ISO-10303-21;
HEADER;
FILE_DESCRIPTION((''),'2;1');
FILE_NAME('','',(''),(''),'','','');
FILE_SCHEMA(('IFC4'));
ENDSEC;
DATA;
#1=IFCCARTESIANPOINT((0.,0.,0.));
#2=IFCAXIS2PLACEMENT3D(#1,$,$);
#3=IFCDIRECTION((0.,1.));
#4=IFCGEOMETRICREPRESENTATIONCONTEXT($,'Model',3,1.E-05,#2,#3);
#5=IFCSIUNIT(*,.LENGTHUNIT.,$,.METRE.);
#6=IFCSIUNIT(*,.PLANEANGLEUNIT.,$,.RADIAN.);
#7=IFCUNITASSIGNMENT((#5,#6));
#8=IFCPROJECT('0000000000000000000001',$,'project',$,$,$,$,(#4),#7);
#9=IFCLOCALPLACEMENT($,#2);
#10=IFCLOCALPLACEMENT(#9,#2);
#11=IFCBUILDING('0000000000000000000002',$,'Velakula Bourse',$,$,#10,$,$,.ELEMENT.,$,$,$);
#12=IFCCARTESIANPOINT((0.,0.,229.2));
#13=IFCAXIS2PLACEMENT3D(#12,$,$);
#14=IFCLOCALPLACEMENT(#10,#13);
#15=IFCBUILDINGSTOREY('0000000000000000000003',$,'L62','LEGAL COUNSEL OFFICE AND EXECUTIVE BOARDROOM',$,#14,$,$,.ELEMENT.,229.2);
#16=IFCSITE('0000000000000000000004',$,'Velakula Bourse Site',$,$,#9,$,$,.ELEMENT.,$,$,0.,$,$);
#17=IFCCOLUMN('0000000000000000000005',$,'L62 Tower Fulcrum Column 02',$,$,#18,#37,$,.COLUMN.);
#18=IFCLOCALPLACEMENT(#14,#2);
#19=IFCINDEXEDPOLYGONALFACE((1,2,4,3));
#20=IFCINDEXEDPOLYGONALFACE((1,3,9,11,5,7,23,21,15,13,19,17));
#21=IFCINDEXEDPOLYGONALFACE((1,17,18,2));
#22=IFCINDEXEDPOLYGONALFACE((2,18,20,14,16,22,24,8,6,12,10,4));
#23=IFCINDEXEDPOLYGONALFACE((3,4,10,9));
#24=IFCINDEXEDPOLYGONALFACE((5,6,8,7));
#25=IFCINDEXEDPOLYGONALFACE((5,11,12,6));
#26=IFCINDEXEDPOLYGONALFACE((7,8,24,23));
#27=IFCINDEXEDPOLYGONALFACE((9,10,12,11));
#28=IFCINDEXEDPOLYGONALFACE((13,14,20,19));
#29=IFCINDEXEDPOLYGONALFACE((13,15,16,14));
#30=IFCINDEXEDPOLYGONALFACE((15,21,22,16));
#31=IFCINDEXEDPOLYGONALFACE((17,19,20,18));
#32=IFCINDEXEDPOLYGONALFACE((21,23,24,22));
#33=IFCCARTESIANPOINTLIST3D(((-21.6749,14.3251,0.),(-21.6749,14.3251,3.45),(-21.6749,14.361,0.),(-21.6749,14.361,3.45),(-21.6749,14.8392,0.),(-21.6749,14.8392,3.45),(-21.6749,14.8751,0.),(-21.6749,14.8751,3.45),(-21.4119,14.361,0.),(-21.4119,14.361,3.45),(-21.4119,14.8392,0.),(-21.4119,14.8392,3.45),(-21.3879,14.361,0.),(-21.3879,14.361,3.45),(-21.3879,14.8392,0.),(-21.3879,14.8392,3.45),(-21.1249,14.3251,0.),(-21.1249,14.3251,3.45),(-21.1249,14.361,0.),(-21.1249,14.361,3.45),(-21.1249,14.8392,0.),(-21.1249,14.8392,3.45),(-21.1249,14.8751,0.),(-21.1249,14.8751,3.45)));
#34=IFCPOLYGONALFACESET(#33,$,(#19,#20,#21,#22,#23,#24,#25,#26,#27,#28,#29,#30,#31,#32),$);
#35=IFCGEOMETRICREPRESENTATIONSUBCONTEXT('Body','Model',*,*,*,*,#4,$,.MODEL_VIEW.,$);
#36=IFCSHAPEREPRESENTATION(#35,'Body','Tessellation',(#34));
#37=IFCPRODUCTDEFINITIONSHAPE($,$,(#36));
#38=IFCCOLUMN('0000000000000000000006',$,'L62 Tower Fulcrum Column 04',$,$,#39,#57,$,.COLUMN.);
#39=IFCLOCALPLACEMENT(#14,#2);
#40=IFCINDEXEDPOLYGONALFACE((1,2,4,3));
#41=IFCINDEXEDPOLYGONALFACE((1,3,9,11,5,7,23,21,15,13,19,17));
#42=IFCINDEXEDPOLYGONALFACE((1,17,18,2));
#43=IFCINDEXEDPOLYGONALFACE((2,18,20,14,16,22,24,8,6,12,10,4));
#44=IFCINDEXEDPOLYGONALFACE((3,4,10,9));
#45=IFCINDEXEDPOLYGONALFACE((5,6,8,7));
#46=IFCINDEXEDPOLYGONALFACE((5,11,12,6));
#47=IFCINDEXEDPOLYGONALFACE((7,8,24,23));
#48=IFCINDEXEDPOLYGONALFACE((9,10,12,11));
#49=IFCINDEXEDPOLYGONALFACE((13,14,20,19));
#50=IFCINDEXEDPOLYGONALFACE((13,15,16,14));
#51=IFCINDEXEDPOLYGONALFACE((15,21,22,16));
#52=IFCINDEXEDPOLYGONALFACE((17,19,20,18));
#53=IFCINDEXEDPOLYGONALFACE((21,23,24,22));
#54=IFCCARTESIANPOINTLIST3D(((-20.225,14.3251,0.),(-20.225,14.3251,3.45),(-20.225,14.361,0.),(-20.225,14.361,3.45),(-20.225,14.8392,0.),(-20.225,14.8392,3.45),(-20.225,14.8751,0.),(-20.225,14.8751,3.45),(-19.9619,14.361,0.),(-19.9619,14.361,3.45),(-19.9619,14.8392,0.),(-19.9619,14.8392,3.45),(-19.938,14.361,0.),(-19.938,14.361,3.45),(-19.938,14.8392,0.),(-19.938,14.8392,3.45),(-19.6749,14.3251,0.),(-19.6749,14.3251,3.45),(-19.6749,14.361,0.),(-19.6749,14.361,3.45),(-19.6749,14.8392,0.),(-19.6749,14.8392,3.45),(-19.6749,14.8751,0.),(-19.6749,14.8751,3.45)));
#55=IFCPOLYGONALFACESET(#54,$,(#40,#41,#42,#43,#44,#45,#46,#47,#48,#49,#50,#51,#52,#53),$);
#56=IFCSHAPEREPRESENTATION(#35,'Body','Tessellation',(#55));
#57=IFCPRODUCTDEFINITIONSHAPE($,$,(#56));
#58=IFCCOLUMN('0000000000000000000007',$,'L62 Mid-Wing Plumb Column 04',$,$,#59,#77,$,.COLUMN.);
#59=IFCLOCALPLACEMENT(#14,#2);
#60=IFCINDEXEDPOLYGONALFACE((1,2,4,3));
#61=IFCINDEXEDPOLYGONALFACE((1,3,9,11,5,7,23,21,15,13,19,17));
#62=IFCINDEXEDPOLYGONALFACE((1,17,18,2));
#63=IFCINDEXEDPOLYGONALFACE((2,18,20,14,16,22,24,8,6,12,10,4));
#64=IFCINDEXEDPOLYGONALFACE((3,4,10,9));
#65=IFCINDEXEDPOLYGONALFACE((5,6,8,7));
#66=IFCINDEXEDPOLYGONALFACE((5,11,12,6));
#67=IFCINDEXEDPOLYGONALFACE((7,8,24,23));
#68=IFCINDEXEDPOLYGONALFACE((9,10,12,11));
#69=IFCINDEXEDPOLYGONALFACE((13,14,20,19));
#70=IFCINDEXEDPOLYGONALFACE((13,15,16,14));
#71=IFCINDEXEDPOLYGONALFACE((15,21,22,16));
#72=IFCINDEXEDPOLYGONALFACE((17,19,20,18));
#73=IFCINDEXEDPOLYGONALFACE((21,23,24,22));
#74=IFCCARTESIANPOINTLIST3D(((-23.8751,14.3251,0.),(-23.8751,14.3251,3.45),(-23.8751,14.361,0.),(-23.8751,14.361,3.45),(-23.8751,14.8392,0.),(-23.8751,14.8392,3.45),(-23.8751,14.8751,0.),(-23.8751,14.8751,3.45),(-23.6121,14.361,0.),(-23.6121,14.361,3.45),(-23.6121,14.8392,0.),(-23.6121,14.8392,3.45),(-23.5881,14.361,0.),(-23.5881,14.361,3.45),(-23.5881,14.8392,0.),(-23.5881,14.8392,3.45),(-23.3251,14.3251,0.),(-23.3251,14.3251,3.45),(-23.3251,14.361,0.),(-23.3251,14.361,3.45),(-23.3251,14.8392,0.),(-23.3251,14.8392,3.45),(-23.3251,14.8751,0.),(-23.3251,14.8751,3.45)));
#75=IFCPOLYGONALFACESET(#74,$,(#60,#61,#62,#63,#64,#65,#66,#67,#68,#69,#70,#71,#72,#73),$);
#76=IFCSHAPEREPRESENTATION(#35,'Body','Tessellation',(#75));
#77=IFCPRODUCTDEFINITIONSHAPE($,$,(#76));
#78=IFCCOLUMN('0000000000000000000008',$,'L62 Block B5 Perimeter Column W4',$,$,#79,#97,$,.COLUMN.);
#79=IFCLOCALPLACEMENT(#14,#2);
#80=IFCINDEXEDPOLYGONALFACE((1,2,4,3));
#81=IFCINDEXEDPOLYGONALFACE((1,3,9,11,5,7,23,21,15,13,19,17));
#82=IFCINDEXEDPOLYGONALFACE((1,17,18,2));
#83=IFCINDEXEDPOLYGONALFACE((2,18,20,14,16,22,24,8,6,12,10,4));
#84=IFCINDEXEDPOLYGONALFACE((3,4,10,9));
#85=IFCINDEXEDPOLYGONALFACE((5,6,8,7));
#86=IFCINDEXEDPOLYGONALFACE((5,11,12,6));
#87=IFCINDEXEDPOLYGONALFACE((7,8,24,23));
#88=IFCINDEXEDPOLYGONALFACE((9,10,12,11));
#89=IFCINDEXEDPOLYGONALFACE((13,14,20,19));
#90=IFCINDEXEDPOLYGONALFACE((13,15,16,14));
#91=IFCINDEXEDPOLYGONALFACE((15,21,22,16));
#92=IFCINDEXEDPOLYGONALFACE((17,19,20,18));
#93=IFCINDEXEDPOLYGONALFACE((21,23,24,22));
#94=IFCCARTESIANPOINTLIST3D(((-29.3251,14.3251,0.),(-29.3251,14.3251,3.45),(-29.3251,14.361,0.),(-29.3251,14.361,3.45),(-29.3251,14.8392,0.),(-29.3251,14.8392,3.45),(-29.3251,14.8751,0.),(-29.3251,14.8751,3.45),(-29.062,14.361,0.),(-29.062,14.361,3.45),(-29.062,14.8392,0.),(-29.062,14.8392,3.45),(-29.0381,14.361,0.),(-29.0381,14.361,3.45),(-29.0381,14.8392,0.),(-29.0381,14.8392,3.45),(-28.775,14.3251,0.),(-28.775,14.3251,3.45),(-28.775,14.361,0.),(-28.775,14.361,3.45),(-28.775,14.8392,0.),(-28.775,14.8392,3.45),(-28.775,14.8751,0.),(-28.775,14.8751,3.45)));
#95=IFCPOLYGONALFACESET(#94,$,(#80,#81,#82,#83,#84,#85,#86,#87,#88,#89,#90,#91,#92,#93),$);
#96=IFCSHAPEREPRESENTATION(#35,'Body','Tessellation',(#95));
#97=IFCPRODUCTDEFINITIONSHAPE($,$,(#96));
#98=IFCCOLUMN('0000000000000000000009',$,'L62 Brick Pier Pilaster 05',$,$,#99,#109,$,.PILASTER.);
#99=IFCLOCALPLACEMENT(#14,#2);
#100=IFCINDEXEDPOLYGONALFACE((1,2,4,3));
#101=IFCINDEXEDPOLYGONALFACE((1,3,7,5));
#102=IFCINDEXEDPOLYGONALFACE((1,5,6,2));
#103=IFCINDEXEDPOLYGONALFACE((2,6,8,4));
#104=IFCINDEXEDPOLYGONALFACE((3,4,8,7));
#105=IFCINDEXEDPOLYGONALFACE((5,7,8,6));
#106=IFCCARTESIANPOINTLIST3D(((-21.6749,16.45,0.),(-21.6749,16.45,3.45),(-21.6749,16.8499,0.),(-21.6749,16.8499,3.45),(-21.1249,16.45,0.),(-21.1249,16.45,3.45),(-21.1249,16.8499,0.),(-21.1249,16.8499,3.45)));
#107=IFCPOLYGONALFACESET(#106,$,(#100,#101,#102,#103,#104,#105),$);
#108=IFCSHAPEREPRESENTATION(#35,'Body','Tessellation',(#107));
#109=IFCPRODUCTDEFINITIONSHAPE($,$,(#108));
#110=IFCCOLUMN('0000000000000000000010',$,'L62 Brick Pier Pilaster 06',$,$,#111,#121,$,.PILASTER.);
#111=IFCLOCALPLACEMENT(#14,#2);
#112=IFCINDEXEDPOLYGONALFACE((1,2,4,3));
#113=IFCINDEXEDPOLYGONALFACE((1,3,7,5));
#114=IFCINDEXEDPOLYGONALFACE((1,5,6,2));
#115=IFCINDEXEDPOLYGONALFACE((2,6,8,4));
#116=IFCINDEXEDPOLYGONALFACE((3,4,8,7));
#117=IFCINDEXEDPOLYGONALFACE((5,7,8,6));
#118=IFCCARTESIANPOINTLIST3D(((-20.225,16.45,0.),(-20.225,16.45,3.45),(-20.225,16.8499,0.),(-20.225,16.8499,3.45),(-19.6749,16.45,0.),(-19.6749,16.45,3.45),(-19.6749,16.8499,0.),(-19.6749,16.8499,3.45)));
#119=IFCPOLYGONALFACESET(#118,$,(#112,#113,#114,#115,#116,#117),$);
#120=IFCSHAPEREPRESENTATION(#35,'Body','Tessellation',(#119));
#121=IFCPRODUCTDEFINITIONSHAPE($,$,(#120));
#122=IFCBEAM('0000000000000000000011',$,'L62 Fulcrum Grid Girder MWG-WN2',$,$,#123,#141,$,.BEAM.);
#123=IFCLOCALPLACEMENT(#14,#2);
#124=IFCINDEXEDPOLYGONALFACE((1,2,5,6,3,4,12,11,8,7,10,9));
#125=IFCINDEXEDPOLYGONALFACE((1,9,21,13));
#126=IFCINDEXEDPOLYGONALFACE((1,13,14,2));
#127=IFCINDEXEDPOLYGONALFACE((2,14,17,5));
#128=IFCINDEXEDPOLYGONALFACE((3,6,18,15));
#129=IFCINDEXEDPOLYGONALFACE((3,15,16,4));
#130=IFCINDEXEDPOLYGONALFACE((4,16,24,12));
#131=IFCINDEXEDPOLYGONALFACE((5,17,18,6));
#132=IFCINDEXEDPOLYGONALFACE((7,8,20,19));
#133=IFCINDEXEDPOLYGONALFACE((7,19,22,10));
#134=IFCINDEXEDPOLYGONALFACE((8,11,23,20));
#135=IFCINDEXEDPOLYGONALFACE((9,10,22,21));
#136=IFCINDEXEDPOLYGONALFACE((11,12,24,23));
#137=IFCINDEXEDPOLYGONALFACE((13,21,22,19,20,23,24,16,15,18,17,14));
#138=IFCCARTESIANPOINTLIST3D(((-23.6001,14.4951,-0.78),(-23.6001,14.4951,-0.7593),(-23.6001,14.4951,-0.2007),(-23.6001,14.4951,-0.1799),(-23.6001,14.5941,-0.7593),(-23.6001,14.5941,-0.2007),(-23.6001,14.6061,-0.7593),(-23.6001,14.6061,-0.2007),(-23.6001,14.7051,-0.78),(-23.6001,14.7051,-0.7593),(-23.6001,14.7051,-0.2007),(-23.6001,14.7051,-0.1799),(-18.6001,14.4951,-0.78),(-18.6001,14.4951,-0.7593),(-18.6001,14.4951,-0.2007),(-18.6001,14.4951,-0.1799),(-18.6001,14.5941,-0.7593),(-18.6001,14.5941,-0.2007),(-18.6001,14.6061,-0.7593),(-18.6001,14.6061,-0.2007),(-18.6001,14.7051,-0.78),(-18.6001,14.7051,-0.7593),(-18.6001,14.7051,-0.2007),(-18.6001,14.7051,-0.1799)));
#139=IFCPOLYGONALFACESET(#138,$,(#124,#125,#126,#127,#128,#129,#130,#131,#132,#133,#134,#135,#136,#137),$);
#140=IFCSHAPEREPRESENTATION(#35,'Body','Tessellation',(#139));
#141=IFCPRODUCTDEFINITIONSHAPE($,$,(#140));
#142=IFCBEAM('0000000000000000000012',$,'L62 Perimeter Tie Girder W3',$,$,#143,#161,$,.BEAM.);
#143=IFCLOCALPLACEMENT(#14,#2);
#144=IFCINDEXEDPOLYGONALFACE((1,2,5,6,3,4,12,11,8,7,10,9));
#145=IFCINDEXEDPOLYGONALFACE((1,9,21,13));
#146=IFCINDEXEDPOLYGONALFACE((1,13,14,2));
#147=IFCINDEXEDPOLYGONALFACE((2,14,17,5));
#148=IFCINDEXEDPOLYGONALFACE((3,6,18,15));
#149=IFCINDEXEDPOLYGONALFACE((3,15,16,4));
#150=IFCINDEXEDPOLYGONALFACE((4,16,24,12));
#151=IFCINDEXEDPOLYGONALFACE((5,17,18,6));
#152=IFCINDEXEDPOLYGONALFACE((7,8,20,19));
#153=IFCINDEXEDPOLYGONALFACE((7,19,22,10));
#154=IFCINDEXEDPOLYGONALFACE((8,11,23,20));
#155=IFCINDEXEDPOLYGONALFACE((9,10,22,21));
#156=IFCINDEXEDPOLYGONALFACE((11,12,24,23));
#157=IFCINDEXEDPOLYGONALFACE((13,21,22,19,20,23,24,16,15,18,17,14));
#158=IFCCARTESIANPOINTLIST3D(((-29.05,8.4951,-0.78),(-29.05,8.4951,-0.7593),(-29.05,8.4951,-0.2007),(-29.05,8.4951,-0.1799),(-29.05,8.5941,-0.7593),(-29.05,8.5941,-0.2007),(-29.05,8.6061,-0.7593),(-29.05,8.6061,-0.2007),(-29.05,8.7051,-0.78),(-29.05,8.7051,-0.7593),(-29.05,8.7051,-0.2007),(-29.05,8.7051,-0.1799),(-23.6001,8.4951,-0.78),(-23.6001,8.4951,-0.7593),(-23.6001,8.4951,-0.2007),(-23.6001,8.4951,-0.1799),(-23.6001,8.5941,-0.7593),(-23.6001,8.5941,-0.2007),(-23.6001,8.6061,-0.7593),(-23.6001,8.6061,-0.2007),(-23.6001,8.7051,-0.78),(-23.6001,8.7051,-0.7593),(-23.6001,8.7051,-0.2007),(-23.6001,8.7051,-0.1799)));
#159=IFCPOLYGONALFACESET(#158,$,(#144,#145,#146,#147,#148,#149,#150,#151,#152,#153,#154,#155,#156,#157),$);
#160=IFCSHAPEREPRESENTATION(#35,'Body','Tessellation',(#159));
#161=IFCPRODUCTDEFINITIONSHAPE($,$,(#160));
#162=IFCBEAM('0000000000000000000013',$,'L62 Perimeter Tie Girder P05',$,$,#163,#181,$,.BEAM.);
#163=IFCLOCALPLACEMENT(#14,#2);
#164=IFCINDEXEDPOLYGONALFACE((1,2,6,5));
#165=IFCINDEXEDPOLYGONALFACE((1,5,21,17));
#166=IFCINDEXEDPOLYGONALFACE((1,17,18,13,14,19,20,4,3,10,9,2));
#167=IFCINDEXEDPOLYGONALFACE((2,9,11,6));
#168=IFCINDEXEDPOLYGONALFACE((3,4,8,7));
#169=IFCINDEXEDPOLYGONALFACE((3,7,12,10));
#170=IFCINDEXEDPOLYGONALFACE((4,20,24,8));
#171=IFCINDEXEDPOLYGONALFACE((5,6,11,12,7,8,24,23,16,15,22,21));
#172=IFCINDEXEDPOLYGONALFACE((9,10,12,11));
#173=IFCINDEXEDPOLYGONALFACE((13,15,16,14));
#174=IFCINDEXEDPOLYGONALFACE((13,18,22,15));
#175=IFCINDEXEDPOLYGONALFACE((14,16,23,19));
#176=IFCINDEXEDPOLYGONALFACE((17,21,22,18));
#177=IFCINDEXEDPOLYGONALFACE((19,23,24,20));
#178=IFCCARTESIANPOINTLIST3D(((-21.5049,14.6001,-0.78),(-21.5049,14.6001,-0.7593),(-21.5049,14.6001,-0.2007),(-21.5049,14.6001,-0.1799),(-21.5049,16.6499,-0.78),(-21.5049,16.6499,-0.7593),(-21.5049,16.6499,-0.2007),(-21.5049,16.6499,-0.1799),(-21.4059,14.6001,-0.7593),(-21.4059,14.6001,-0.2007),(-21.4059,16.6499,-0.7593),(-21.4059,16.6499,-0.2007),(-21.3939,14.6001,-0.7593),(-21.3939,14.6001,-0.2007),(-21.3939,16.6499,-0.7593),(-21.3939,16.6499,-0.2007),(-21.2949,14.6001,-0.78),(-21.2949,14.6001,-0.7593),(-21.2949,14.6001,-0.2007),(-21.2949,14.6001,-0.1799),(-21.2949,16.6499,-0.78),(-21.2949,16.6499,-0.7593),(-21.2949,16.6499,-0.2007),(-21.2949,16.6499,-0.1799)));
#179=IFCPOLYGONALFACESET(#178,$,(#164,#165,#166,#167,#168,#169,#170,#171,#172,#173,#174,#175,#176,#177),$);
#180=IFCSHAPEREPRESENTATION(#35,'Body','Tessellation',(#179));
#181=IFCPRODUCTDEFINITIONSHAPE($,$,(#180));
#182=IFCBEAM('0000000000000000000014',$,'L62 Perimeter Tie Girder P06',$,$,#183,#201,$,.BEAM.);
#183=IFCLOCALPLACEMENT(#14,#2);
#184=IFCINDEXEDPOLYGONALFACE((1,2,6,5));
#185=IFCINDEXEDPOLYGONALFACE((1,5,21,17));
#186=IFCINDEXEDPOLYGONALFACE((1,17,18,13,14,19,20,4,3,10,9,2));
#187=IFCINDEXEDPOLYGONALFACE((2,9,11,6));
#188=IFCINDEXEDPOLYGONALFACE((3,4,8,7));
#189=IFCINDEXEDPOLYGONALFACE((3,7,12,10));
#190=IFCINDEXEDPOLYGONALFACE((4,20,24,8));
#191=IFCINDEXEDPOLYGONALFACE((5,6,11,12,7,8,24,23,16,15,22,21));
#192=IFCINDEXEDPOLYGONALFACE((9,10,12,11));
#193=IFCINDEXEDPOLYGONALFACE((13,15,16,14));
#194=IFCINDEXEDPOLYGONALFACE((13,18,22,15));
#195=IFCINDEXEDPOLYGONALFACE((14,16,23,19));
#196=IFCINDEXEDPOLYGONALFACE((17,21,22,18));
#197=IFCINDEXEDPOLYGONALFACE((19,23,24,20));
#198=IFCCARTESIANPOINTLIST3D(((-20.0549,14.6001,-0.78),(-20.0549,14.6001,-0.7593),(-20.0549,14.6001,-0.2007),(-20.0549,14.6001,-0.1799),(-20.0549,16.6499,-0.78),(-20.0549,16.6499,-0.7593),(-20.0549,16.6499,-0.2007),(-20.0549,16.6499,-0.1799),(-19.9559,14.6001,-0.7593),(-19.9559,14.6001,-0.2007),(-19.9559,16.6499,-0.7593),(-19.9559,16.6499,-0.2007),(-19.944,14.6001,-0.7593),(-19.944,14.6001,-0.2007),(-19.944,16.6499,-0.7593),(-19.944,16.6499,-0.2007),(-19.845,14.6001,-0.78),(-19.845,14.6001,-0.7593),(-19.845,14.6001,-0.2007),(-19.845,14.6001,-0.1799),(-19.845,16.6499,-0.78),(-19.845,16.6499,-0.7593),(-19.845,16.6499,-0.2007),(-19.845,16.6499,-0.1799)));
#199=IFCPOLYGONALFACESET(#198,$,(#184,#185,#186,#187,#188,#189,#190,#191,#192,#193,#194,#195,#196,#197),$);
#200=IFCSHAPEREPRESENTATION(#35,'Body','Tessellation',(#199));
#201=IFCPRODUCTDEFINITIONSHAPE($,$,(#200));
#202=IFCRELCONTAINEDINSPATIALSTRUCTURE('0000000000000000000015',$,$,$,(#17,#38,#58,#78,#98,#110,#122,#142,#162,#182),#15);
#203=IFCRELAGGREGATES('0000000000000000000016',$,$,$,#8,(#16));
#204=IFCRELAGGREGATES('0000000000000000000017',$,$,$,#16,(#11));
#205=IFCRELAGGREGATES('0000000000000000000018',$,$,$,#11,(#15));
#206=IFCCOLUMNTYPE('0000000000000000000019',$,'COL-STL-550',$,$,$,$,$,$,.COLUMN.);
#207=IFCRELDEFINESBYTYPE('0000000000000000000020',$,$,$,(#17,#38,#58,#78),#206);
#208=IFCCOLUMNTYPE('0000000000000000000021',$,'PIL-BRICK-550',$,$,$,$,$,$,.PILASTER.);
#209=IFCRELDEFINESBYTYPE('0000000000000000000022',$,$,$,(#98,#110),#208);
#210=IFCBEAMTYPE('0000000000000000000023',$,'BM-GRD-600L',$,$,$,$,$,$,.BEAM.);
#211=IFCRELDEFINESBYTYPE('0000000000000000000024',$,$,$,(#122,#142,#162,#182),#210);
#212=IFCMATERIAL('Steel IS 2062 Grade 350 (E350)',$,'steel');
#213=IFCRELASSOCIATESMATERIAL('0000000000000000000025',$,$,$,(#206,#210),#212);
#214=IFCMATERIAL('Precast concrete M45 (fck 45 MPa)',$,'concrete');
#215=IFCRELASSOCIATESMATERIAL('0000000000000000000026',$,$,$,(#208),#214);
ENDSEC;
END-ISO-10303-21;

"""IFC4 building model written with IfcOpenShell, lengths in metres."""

from ifc_helpers import new_model, si_unit, direction, frame, origin, origin_2d, place, context, subcontext, project, spatial, rectangle, i_section, extrude, material, material_profile, profile_set, type_object, element, save


model = new_model("IFC4")

# Units and contexts
model_context = context("Model", 3, precision=1e-05, world=origin(), true_north=direction((0.0, 1.0)))
body_context = subcontext(model_context, "Body", "Model", "MODEL_VIEW")
ifc_project = project(units=[si_unit("LENGTHUNIT", "METRE"), si_unit("PLANEANGLEUNIT", "RADIAN")], contexts=[model_context])

# Site, building, storey
site_placement = place(None, origin())
site = spatial("IfcSite", under=ifc_project, at=site_placement, Name="Velakula Bourse Site", CompositionType="ELEMENT", RefElevation=0.0)
building_placement = place(site_placement, origin())
building = spatial("IfcBuilding", under=site, at=building_placement, Name="Velakula Bourse", CompositionType="ELEMENT")
storey_placement = place(building_placement, frame((0.0, 0.0, 229.2)))
storey = spatial("IfcBuildingStorey", under=building, at=storey_placement, Name="L62", Description="LEGAL COUNSEL OFFICE AND EXECUTIVE BOARDROOM", CompositionType="ELEMENT", Elevation=229.2)

# Columns
ifc_material_1 = material(Name="Steel IS 2062 Grade 350 (E350)", Category="steel")
ifc_material_profile_1 = material_profile(ifc_material_1, i_section(OverallWidth=0.55, OverallDepth=0.55, WebThickness=0.0239, FlangeThickness=0.0359, at=origin_2d()), Name="Steel IS 2062 Grade 350 (E350)")
ifc_profile_set_1 = profile_set([ifc_material_profile_1], Name="Steel IS 2062 Grade 350 (E350)")
column_type_1 = type_object("IfcColumnType", Name="COL-STL-550", PredefinedType="COLUMN", material=ifc_profile_set_1)
for number, where, z_axis, x_axis, name in (
    (1, (-21.3999, 14.6001, 0.0), (0.0, 0.0, 1.0), (1.0, 0.0, 0.0), "L62 Tower Fulcrum Column 02"),
    (2, (-19.95, 14.6001, 0.0), (0.0, 0.0, 1.0), (1.0, 0.0, 0.0), "L62 Tower Fulcrum Column 04"),
    (3, (-23.6001, 14.6001, 0.0), (0.0, 0.0, 1.0), (1.0, 0.0, 0.0), "L62 Mid-Wing Plumb Column 04"),
    (4, (-29.05, 14.6001, 0.0), (0.0, 0.0, 1.0), (1.0, 0.0, 0.0), "L62 Block B5 Perimeter Column W4"),
):
    element("IfcColumn", number, at=place(storey_placement, frame(where, z_axis=z_axis, x_axis=x_axis)), inside=storey, type_object=column_type_1, Name=name, PredefinedType="COLUMN", context=body_context, shape_type="SweptSolid", body=[
        extrude(i_section(OverallWidth=0.55, OverallDepth=0.55, WebThickness=0.0239, FlangeThickness=0.0359, at=origin_2d()), origin(), (0.0, 0.0, 1.0), 3.45),
    ])
ifc_material_2 = material(Name="Precast concrete M45 (fck 45 MPa)", Category="concrete")
ifc_material_profile_2 = material_profile(ifc_material_2, rectangle(XDim=0.55, YDim=0.3999, at=origin_2d()), Name="Precast concrete M45 (fck 45 MPa)")
ifc_profile_set_2 = profile_set([ifc_material_profile_2], Name="Precast concrete M45 (fck 45 MPa)")
column_type_2 = type_object("IfcColumnType", Name="PIL-BRICK-550", PredefinedType="PILASTER", material=ifc_profile_set_2)
for number, where, z_axis, x_axis, name in (
    (5, (-21.3999, 16.6499, 0.0), (0.0, 0.0, 1.0), (1.0, 0.0, 0.0), "L62 Brick Pier Pilaster 05"),
    (6, (-19.95, 16.6499, 0.0), (0.0, 0.0, 1.0), (1.0, 0.0, 0.0), "L62 Brick Pier Pilaster 06"),
):
    element("IfcColumn", number, at=place(storey_placement, frame(where, z_axis=z_axis, x_axis=x_axis)), inside=storey, type_object=column_type_2, Name=name, PredefinedType="PILASTER", context=body_context, shape_type="SweptSolid", body=[
        extrude(rectangle(XDim=0.55, YDim=0.3999, at=origin_2d()), origin(), (0.0, 0.0, 1.0), 3.45),
    ])

# Beams
ifc_material_profile_3 = material_profile(ifc_material_1, i_section(OverallWidth=0.21, OverallDepth=0.6001, WebThickness=0.012, FlangeThickness=0.0208, at=origin_2d()), Name="Steel IS 2062 Grade 350 (E350)")
ifc_profile_set_3 = profile_set([ifc_material_profile_3], Name="Steel IS 2062 Grade 350 (E350)")
beam_type_1 = type_object("IfcBeamType", Name="BM-GRD-600L", PredefinedType="BEAM", material=ifc_profile_set_3)
beam_1_placement = place(storey_placement, frame((-23.6001, 14.6001, -0.48), z_axis=(1.0, 0.0, 0.0), x_axis=(0.0, 1.0, 0.0)))
element("IfcBeam", 7, at=beam_1_placement, inside=storey, type_object=beam_type_1, Name="L62 Fulcrum Grid Girder MWG-WN2", PredefinedType="BEAM", context=body_context, shape_type="SweptSolid", body=[
    extrude(i_section(OverallWidth=0.21, OverallDepth=0.6001, WebThickness=0.012, FlangeThickness=0.0208, at=origin_2d()), origin(), (0.0, 0.0, 1.0), 5.0),
])
beam_2_placement = place(storey_placement, frame((-23.6001, 8.6001, -0.48), z_axis=(-1.0, 0.0, 0.0), x_axis=(0.0, -1.0, 0.0)))
element("IfcBeam", 8, at=beam_2_placement, inside=storey, type_object=beam_type_1, Name="L62 Perimeter Tie Girder W3", PredefinedType="BEAM", context=body_context, shape_type="SweptSolid", body=[
    extrude(i_section(OverallWidth=0.21, OverallDepth=0.6001, WebThickness=0.012, FlangeThickness=0.0208, at=origin_2d()), origin(), (0.0, 0.0, 1.0), 5.45),
])
for number, where, z_axis, x_axis, name in (
    (9, (-21.3999, 14.6001, -0.48), (0.0, 1.0, 0.0), (-1.0, 0.0, 0.0), "L62 Perimeter Tie Girder P05"),
    (10, (-19.95, 14.6001, -0.48), (0.0, 1.0, 0.0), (-1.0, 0.0, 0.0), "L62 Perimeter Tie Girder P06"),
):
    element("IfcBeam", number, at=place(storey_placement, frame(where, z_axis=z_axis, x_axis=x_axis)), inside=storey, type_object=beam_type_1, Name=name, PredefinedType="BEAM", context=body_context, shape_type="SweptSolid", body=[
        extrude(i_section(OverallWidth=0.21, OverallDepth=0.6001, WebThickness=0.012, FlangeThickness=0.0208, at=origin_2d()), origin(), (0.0, 0.0, 1.0), 2.0498),
    ])

save(model, "model.ifc")
